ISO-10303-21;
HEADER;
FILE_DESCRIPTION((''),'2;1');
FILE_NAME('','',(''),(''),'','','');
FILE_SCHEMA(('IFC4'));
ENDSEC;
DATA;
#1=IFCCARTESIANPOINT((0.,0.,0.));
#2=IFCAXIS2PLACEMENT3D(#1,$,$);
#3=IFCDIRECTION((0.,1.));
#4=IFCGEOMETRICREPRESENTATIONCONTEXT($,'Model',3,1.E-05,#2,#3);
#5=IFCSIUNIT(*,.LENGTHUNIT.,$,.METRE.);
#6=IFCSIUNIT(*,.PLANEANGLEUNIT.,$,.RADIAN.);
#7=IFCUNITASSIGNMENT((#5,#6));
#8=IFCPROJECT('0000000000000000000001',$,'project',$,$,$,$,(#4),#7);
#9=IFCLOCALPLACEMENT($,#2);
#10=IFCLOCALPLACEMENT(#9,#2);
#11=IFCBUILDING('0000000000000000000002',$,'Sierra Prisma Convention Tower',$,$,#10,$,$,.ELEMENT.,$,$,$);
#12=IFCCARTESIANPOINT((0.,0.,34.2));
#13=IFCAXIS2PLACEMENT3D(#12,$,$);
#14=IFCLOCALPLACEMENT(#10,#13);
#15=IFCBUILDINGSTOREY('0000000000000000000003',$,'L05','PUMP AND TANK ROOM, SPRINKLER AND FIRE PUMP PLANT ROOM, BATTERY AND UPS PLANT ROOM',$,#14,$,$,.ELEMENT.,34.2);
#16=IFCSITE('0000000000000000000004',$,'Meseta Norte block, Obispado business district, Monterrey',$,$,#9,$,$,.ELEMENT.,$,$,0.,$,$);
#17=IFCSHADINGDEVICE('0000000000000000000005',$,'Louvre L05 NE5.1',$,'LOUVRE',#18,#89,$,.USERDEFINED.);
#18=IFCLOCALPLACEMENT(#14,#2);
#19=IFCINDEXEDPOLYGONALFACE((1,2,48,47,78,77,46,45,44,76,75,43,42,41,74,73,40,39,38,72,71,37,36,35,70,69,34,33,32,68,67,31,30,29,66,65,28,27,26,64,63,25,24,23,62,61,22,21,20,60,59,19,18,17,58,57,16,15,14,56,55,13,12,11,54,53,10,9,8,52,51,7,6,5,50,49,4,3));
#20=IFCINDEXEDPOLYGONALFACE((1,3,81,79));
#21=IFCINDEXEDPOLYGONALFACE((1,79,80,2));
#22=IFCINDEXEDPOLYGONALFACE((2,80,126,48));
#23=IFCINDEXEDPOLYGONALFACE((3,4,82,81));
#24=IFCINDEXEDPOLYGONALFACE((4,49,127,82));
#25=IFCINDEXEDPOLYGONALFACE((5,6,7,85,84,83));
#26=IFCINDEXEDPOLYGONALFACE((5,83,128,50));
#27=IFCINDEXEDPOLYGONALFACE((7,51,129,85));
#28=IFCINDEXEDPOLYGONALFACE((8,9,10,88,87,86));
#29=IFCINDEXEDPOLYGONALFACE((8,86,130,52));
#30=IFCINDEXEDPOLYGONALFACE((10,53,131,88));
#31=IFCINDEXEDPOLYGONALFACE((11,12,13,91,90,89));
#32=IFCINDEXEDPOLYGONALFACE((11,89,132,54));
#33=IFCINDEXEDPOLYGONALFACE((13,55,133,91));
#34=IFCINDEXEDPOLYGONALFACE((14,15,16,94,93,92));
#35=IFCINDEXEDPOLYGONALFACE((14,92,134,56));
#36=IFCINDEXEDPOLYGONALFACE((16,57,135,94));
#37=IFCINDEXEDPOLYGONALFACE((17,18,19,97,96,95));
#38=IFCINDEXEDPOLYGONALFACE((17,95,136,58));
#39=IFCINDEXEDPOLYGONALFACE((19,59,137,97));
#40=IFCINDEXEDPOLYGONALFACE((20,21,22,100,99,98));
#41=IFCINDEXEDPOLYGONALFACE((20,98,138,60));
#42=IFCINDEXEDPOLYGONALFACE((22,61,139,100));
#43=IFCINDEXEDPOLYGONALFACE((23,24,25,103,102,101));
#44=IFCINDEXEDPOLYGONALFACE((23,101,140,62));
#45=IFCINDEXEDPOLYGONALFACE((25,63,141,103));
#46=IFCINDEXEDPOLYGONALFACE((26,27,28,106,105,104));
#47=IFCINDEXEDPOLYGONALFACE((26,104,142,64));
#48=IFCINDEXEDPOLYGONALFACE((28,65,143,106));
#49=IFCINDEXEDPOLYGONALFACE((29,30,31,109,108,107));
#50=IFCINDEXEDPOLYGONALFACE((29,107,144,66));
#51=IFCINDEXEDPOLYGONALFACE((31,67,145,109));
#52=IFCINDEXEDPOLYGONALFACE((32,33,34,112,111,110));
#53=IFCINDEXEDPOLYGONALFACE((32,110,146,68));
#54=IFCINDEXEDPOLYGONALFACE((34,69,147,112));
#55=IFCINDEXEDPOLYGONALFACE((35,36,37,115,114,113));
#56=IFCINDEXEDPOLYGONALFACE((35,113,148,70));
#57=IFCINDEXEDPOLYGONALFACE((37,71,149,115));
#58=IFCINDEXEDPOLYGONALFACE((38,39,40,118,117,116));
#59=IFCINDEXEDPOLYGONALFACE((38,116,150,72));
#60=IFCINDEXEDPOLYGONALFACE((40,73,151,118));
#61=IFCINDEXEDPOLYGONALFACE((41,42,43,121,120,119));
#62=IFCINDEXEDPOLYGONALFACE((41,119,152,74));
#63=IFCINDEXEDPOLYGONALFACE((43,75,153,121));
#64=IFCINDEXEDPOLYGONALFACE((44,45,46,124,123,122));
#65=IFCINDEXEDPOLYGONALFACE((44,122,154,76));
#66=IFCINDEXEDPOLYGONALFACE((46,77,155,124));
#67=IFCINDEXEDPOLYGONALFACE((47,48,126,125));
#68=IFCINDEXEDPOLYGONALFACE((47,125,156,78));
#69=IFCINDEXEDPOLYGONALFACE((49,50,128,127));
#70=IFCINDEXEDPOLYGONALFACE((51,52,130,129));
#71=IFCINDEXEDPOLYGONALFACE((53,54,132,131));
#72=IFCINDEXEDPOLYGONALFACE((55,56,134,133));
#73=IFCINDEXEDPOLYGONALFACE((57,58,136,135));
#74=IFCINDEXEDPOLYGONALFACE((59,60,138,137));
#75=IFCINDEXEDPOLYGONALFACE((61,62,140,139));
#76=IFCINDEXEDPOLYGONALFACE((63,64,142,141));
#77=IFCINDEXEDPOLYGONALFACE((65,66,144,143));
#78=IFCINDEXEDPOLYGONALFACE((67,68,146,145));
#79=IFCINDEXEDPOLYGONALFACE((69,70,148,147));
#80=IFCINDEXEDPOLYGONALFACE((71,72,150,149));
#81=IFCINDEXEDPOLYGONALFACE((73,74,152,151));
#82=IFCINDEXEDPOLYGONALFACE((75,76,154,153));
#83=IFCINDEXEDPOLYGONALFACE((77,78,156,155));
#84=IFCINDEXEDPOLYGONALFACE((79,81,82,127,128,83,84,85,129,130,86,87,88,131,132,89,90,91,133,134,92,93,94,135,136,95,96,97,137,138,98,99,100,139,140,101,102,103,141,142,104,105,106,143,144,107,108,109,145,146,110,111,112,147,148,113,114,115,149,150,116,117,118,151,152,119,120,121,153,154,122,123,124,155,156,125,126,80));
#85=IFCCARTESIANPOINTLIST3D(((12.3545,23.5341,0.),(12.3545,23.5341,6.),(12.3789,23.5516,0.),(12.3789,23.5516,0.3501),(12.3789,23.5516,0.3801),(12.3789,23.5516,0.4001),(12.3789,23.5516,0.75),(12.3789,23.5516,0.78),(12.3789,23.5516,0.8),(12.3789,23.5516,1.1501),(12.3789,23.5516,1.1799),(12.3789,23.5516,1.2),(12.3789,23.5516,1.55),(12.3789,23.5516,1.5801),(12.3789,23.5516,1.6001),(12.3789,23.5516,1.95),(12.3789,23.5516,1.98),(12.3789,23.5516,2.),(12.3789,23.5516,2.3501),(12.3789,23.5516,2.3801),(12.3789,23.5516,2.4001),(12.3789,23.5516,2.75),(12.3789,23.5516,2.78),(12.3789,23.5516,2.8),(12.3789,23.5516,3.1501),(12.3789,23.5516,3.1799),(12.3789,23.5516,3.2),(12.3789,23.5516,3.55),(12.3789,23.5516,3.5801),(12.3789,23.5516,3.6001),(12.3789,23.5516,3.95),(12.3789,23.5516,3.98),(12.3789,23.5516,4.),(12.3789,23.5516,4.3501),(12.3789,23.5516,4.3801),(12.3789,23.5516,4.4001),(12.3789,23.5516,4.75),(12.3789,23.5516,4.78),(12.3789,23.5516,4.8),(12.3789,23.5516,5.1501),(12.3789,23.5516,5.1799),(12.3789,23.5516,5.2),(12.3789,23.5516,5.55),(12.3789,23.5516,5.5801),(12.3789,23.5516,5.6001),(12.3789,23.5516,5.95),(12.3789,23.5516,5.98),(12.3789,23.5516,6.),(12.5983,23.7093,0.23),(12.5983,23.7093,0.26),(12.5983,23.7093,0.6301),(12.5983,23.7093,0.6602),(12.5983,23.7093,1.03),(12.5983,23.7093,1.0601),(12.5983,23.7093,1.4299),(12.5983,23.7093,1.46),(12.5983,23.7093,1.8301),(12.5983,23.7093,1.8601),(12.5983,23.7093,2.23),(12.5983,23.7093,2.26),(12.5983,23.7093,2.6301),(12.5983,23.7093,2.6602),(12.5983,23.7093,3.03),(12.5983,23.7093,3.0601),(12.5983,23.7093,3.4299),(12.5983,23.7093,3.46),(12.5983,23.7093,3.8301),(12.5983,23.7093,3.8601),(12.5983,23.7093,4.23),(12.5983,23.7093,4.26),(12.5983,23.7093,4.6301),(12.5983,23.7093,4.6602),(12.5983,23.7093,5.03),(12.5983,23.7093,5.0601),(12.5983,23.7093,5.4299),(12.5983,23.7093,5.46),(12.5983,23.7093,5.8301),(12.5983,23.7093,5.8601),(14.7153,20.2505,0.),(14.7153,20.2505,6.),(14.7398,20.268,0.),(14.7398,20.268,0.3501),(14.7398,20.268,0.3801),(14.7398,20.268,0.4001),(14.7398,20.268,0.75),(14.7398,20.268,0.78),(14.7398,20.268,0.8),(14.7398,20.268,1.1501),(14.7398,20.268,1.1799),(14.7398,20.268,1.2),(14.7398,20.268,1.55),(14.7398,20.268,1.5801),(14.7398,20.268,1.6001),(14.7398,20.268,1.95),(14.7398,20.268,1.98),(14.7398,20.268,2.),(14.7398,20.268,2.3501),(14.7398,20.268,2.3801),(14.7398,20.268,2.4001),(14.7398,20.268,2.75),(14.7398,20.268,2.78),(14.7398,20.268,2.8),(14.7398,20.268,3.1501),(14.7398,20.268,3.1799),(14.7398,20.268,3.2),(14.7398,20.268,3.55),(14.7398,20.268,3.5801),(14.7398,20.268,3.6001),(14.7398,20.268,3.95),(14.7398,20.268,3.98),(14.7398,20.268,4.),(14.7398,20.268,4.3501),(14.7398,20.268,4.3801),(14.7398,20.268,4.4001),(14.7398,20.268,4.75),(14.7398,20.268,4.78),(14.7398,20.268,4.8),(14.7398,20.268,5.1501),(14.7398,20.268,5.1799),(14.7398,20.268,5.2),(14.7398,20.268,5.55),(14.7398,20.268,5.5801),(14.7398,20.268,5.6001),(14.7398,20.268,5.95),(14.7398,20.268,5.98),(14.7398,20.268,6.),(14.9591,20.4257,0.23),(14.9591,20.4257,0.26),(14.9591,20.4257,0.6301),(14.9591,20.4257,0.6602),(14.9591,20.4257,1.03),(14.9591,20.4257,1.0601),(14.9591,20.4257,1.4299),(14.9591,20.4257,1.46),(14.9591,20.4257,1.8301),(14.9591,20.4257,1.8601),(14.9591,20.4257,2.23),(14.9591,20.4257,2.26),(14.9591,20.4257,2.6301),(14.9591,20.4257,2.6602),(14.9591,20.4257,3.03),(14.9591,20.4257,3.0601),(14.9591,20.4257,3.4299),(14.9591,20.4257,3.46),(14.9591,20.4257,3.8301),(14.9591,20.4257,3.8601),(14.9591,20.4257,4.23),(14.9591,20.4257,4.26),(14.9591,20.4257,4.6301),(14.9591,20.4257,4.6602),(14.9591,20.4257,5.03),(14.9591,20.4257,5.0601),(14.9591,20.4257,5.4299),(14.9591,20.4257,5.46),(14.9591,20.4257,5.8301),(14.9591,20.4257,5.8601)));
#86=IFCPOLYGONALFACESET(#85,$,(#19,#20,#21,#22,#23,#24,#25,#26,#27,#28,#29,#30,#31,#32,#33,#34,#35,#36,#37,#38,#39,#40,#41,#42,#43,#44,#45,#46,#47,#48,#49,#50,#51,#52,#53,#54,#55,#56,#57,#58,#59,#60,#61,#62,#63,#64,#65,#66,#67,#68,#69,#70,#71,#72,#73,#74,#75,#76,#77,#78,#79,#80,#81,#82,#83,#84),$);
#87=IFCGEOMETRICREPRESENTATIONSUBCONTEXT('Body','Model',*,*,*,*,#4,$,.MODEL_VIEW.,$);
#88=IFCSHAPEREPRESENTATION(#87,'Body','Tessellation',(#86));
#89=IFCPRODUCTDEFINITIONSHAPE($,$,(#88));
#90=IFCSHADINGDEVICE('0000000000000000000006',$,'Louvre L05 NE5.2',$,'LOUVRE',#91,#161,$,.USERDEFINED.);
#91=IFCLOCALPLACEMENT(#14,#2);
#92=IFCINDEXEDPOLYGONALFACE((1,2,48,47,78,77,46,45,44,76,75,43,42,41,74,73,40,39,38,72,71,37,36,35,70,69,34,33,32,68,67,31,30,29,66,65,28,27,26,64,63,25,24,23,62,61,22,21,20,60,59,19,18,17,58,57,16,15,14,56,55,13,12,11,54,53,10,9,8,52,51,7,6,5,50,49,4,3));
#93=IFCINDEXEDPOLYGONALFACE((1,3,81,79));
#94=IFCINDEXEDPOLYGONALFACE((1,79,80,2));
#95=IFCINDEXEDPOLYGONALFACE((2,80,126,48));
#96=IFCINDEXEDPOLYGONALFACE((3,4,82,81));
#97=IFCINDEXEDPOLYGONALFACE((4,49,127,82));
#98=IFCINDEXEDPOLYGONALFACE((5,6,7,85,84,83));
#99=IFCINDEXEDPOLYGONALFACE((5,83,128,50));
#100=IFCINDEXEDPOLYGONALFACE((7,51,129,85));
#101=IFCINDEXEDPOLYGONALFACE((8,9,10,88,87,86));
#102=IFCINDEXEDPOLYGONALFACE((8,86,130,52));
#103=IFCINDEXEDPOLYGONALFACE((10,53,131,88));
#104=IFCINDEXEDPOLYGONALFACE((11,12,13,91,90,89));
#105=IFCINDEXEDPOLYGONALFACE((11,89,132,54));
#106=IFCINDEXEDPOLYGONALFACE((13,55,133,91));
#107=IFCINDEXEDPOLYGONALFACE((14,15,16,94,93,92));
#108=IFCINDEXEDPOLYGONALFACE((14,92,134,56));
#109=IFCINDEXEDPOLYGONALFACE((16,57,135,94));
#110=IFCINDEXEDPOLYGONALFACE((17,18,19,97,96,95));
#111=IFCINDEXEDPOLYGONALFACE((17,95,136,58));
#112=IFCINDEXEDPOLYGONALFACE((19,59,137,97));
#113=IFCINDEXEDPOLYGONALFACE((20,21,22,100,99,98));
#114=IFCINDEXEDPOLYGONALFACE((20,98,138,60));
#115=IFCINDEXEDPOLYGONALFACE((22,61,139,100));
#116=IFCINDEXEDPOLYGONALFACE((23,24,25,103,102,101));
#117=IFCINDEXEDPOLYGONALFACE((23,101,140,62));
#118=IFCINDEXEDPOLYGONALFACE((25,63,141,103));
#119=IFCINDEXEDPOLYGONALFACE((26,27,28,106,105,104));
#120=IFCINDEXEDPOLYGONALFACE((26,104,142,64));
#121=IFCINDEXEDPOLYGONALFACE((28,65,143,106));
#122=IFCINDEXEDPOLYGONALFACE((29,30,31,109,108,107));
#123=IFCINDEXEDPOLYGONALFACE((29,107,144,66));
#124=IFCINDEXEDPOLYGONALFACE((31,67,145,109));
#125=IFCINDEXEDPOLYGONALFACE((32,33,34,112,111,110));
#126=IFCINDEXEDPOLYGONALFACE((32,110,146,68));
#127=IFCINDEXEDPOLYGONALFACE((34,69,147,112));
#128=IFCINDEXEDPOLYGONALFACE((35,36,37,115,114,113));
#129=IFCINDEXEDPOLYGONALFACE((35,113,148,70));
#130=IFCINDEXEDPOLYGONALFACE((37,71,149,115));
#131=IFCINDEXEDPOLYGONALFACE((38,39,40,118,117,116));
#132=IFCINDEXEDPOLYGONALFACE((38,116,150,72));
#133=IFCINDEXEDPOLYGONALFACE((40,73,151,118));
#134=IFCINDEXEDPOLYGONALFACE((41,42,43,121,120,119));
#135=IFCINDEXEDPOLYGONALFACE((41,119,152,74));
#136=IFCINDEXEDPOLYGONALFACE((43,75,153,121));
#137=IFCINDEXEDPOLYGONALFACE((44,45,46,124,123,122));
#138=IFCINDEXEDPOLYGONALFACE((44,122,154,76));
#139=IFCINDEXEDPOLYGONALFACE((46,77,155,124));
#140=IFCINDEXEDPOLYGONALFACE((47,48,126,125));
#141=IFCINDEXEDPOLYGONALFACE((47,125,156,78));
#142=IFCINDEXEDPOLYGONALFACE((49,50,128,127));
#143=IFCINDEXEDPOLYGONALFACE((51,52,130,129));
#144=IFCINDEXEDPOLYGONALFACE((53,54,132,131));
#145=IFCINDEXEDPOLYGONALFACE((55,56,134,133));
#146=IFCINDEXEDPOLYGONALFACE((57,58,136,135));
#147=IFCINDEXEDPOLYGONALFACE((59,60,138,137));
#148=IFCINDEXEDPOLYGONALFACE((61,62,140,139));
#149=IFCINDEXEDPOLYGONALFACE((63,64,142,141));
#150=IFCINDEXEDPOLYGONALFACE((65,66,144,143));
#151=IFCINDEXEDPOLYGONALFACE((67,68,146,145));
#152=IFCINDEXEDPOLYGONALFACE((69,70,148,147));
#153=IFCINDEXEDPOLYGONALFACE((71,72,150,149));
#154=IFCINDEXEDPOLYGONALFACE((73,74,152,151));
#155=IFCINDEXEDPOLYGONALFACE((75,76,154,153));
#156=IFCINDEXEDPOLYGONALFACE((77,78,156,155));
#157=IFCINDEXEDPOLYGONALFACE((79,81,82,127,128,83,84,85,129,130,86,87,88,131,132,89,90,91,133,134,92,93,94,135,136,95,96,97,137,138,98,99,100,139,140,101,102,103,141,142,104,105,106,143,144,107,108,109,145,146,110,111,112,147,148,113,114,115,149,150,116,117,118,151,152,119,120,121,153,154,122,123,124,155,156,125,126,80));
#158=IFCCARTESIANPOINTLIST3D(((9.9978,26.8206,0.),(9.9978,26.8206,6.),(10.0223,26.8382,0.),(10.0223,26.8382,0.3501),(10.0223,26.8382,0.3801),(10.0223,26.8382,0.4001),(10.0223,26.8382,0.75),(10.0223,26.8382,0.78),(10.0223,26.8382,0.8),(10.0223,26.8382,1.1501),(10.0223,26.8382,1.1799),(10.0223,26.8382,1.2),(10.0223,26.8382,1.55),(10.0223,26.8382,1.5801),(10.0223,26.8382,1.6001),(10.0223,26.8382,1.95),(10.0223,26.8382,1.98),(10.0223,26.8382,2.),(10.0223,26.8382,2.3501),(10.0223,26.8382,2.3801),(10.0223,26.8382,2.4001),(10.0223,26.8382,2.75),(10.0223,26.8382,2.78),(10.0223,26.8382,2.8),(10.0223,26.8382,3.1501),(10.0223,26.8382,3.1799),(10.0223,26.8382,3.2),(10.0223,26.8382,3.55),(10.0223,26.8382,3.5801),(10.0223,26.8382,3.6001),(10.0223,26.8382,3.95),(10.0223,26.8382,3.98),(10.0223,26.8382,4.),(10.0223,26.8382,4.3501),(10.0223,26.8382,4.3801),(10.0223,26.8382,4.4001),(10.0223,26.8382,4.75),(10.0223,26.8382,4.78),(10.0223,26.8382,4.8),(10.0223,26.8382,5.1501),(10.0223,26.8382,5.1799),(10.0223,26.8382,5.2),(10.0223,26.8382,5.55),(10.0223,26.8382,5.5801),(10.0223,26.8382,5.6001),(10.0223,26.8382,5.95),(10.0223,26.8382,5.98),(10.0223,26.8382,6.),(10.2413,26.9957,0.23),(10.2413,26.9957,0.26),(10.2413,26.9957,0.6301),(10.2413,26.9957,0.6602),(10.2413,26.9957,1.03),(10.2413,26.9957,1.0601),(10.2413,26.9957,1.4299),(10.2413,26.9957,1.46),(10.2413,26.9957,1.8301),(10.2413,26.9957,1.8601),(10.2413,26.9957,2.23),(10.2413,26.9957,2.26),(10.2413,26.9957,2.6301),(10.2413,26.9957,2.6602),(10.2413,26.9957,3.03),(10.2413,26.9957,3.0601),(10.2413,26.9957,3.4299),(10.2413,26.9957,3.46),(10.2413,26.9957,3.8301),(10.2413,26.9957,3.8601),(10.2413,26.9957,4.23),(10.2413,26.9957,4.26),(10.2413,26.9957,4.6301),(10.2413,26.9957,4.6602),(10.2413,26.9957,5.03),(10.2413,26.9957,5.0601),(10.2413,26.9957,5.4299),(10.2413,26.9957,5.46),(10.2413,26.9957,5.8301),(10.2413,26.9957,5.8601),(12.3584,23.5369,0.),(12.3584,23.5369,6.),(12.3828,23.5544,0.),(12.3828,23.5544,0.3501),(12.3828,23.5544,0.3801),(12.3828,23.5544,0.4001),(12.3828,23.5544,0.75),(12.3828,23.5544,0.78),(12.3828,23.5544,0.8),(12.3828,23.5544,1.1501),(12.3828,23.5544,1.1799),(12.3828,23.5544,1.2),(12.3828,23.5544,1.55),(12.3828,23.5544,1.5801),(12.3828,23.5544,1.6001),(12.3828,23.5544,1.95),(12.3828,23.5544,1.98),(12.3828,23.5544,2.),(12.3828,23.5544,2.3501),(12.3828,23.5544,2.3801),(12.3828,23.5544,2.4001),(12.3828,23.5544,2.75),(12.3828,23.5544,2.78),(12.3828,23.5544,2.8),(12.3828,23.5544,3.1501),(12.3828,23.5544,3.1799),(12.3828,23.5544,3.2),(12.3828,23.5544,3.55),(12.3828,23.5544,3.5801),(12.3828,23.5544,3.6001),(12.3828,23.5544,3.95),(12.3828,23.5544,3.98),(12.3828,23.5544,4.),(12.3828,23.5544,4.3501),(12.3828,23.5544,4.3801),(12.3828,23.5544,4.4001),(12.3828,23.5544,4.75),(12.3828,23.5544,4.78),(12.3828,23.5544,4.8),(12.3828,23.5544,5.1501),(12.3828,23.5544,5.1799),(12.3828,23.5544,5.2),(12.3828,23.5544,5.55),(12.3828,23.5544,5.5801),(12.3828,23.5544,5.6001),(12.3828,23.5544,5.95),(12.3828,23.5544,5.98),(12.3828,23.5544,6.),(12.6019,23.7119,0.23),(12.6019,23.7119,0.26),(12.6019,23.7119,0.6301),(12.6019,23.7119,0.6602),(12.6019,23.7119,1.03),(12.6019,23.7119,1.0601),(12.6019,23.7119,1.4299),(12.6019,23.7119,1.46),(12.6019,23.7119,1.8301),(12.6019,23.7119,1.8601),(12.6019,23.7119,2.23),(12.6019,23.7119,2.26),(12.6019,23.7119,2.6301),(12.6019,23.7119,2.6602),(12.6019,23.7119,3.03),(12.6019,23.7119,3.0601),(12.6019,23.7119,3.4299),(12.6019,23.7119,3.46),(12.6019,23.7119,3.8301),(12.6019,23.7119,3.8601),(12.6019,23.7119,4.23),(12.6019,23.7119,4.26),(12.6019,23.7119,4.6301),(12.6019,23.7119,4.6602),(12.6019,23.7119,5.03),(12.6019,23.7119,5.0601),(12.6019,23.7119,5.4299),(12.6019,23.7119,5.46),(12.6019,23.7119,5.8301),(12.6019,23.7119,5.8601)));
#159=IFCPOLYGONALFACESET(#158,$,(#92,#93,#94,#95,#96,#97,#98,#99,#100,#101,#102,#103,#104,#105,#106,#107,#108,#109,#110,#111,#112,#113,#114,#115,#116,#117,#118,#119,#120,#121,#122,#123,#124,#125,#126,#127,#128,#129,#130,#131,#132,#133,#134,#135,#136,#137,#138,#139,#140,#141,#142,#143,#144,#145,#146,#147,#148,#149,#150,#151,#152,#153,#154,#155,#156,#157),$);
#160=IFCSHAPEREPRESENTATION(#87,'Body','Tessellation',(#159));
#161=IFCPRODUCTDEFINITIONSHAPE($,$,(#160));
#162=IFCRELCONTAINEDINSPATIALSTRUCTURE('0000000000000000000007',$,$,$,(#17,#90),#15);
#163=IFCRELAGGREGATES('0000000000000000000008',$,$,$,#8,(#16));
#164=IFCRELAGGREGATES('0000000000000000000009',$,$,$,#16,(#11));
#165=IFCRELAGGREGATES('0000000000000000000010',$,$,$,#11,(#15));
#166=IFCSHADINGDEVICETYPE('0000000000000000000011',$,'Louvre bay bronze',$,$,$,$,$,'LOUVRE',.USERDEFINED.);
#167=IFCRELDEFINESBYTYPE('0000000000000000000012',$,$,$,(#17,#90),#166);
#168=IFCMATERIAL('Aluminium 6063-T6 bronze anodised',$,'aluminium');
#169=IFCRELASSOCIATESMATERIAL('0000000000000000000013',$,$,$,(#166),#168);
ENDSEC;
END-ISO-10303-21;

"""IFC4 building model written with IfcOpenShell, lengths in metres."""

from ifc_helpers import new_model, si_unit, direction, frame, origin, place, context, subcontext, project, spatial, polyline, outline, extrude, material, type_object, element, save


model = new_model("IFC4")

# Units and contexts
model_context = context("Model", 3, precision=1e-05, world=origin(), true_north=direction((0.0, 1.0)))
body_context = subcontext(model_context, "Body", "Model", "MODEL_VIEW")
ifc_project = project(units=[si_unit("LENGTHUNIT", "METRE"), si_unit("PLANEANGLEUNIT", "RADIAN")], contexts=[model_context])

# Site, building, storey
site_placement = place(None, origin())
site = spatial("IfcSite", under=ifc_project, at=site_placement, Name="Meseta Norte block, Obispado business district, Monterrey", CompositionType="ELEMENT", RefElevation=0.0)
building_placement = place(site_placement, origin())
building = spatial("IfcBuilding", under=site, at=building_placement, Name="Sierra Prisma Convention Tower", CompositionType="ELEMENT")
storey_placement = place(building_placement, frame((0.0, 0.0, 34.2)))
storey = spatial("IfcBuildingStorey", under=building, at=storey_placement, Name="L05", Description="PUMP AND TANK ROOM, SPRINKLER AND FIRE PUMP PLANT ROOM, BATTERY AND UPS PLANT ROOM", CompositionType="ELEMENT", Elevation=34.2)

# Shading devices
ifc_material_1 = material(Name="Aluminium 6063-T6 bronze anodised", Category="aluminium")
shading_device_type = type_object("IfcShadingDeviceType", Name="Louvre bay bronze", ElementType="LOUVRE", PredefinedType="USERDEFINED", material=ifc_material_1)
shading_device_1_placement = place(storey_placement, frame((14.7153, 20.2505, 0.0), z_axis=(0.583758, -0.811927, 0.0), x_axis=(0.0, 0.0, 1.0)))
element("IfcShadingDevice", 1, at=shading_device_1_placement, inside=storey, type_object=shading_device_type, Name="Louvre L05 NE5.1", ObjectType="LOUVRE", PredefinedType="USERDEFINED", context=body_context, shape_type="SweptSolid", body=[
    extrude(outline(polyline([(0.0, 0.0), (6.0, 0.0), (6.0, -0.0301), (5.98, -0.0301), (5.8601, -0.3002), (5.8301, -0.3002), (5.95, -0.0301), (5.6001, -0.0301), (5.5801, -0.0301), (5.46, -0.3002), (5.4299, -0.3002), (5.55, -0.0301), (5.2, -0.0301), (5.1799, -0.0301), (5.0601, -0.3002), (5.03, -0.3002), (5.1501, -0.0301), (4.8, -0.0301), (4.78, -0.0301), (4.6602, -0.3002), (4.6301, -0.3002), (4.75, -0.0301), (4.4001, -0.0301), (4.3801, -0.0301), (4.26, -0.3002), (4.23, -0.3002), (4.3501, -0.0301), (4.0, -0.0301), (3.98, -0.0301), (3.8601, -0.3002), (3.8301, -0.3002), (3.95, -0.0301), (3.6001, -0.0301), (3.5801, -0.0301), (3.46, -0.3002), (3.4299, -0.3002), (3.55, -0.0301), (3.2, -0.0301), (3.1799, -0.0301), (3.0601, -0.3002), (3.03, -0.3002), (3.1501, -0.0301), (2.8, -0.0301), (2.78, -0.0301), (2.6602, -0.3002), (2.6301, -0.3002), (2.75, -0.0301), (2.4001, -0.0301), (2.3801, -0.0301), (2.26, -0.3002), (2.23, -0.3002), (2.3501, -0.0301), (2.0, -0.0301), (1.98, -0.0301), (1.8601, -0.3002), (1.8301, -0.3002), (1.95, -0.0301), (1.6001, -0.0301), (1.5801, -0.0301), (1.46, -0.3002), (1.4299, -0.3002), (1.55, -0.0301), (1.2, -0.0301), (1.1799, -0.0301), (1.0601, -0.3002), (1.03, -0.3002), (1.1501, -0.0301), (0.8, -0.0301), (0.78, -0.0301), (0.6602, -0.3002), (0.6301, -0.3002), (0.75, -0.0301), (0.4001, -0.0301), (0.3801, -0.0301), (0.26, -0.3002), (0.23, -0.3002), (0.3501, -0.0301), (0.0, -0.0301), (0.0, 0.0)])), origin(), (0.0, 0.0, -1.0), 4.0442),
])
shading_device_2_placement = place(storey_placement, frame((12.3584, 23.5369, 0.0), z_axis=(0.583691, -0.811976, 0.0), x_axis=(0.0, 0.0, 1.0)))
element("IfcShadingDevice", 2, at=shading_device_2_placement, inside=storey, type_object=shading_device_type, Name="Louvre L05 NE5.2", ObjectType="LOUVRE", PredefinedType="USERDEFINED", context=body_context, shape_type="SweptSolid", body=[
    extrude(outline(polyline([(0.0, 0.0), (6.0, 0.0), (6.0, -0.0301), (5.98, -0.0301), (5.8601, -0.2999), (5.8301, -0.2999), (5.95, -0.0301), (5.6001, -0.0301), (5.5801, -0.0301), (5.46, -0.2999), (5.4299, -0.2999), (5.55, -0.0301), (5.2, -0.0301), (5.1799, -0.0301), (5.0601, -0.2999), (5.03, -0.2999), (5.1501, -0.0301), (4.8, -0.0301), (4.78, -0.0301), (4.6602, -0.2999), (4.6301, -0.2999), (4.75, -0.0301), (4.4001, -0.0301), (4.3801, -0.0301), (4.26, -0.2999), (4.23, -0.2999), (4.3501, -0.0301), (4.0, -0.0301), (3.98, -0.0301), (3.8601, -0.2999), (3.8301, -0.2999), (3.95, -0.0301), (3.6001, -0.0301), (3.5801, -0.0301), (3.46, -0.2999), (3.4299, -0.2999), (3.55, -0.0301), (3.2, -0.0301), (3.1799, -0.0301), (3.0601, -0.2999), (3.03, -0.2999), (3.1501, -0.0301), (2.8, -0.0301), (2.78, -0.0301), (2.6602, -0.2999), (2.6301, -0.2999), (2.75, -0.0301), (2.4001, -0.0301), (2.3801, -0.0301), (2.26, -0.2999), (2.23, -0.2999), (2.3501, -0.0301), (2.0, -0.0301), (1.98, -0.0301), (1.8601, -0.2999), (1.8301, -0.2999), (1.95, -0.0301), (1.6001, -0.0301), (1.5801, -0.0301), (1.46, -0.2999), (1.4299, -0.2999), (1.55, -0.0301), (1.2, -0.0301), (1.1799, -0.0301), (1.0601, -0.2999), (1.03, -0.2999), (1.1501, -0.0301), (0.8, -0.0301), (0.78, -0.0301), (0.6602, -0.2999), (0.6301, -0.2999), (0.75, -0.0301), (0.4001, -0.0301), (0.3801, -0.0301), (0.26, -0.2999), (0.23, -0.2999), (0.3501, -0.0301), (0.0, -0.0301), (0.0, 0.0)])), origin(), (0.0, 0.0, -1.0), 4.0442),
])

save(model, "model.ifc")
